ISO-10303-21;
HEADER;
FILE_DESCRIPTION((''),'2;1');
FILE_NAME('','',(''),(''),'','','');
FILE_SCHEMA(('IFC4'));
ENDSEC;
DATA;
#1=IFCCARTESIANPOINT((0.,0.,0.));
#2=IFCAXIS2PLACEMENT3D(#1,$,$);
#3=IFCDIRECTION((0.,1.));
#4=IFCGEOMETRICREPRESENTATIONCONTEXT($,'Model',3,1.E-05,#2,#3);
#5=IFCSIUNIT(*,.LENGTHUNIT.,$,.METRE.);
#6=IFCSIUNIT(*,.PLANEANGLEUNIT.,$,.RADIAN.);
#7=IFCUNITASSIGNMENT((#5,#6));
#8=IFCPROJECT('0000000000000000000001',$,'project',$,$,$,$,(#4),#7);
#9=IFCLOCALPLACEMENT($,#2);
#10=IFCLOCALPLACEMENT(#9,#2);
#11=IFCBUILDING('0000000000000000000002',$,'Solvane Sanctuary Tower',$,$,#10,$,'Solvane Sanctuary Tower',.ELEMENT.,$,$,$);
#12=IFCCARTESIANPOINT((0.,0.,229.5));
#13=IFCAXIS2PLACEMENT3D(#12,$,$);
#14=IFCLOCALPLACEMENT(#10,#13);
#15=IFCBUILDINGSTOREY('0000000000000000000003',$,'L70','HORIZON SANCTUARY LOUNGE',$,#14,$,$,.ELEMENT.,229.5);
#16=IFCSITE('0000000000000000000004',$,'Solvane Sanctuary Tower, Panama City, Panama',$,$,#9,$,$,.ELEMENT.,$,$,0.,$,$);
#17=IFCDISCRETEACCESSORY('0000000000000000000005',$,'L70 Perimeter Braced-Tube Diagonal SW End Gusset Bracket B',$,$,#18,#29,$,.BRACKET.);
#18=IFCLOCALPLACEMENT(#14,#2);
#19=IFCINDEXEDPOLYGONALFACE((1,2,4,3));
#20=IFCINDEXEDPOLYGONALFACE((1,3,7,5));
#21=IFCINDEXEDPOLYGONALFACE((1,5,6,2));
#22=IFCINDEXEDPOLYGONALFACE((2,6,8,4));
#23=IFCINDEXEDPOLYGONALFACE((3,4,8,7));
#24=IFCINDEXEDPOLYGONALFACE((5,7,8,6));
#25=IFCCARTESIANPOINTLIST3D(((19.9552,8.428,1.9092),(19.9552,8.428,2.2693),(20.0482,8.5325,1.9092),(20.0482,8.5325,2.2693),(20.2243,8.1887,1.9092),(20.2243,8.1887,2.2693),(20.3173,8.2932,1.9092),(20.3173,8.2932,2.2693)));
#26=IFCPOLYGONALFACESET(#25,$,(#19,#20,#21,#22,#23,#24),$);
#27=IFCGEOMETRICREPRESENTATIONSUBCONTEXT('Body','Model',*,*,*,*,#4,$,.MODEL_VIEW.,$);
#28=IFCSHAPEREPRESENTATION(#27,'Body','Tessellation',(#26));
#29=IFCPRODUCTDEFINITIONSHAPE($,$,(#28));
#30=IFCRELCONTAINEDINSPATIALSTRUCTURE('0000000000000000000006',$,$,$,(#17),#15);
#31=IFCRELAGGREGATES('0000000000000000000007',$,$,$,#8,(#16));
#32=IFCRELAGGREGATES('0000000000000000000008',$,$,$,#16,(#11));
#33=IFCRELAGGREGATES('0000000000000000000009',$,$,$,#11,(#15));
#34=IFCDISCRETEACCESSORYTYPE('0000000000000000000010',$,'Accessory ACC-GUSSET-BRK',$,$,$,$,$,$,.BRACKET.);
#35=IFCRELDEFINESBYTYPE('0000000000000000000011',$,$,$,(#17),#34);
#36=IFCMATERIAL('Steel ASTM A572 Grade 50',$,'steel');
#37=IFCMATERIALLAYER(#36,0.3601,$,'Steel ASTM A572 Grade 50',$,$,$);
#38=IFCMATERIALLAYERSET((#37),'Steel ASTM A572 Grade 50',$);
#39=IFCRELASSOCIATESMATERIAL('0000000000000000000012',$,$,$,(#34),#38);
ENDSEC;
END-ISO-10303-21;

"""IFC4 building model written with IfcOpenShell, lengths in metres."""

from ifc_helpers import new_model, si_unit, direction, frame, origin, origin_2d, place, context, subcontext, project, spatial, rectangle, extrude, material, layer, layer_set, type_object, element, save


model = new_model("IFC4")

# Units and contexts
model_context = context("Model", 3, precision=1e-05, world=origin(), true_north=direction((0.0, 1.0)))
body_context = subcontext(model_context, "Body", "Model", "MODEL_VIEW")
ifc_project = project(units=[si_unit("LENGTHUNIT", "METRE"), si_unit("PLANEANGLEUNIT", "RADIAN")], contexts=[model_context])

# Site, building, storey
site_placement = place(None, origin())
site = spatial("IfcSite", under=ifc_project, at=site_placement, Name="Solvane Sanctuary Tower, Panama City, Panama", CompositionType="ELEMENT", RefElevation=0.0)
building_placement = place(site_placement, origin())
building = spatial("IfcBuilding", under=site, at=building_placement, Name="Solvane Sanctuary Tower", LongName="Solvane Sanctuary Tower", CompositionType="ELEMENT")
storey_placement = place(building_placement, frame((0.0, 0.0, 229.5)))
storey = spatial("IfcBuildingStorey", under=building, at=storey_placement, Name="L70", Description="HORIZON SANCTUARY LOUNGE", CompositionType="ELEMENT", Elevation=229.5)

# Discrete accessory
ifc_material_1 = material(Name="Steel ASTM A572 Grade 50", Category="steel")
ifc_layer_1 = layer(ifc_material_1, 0.3601, Name="Steel ASTM A572 Grade 50")
ifc_layer_set_1 = layer_set([ifc_layer_1], Name="Steel ASTM A572 Grade 50")
discrete_accessory_type = type_object("IfcDiscreteAccessoryType", Name="Accessory ACC-GUSSET-BRK", PredefinedType="BRACKET", material=ifc_layer_set_1)
discrete_accessory_placement = place(storey_placement, frame((20.1362, 8.3606, 1.9092), z_axis=(0.0, 0.0, 1.0), x_axis=(0.747218, -0.664579, 0.0)))
element("IfcDiscreteAccessory", 1, at=discrete_accessory_placement, inside=storey, type_object=discrete_accessory_type, Name="L70 Perimeter Braced-Tube Diagonal SW End Gusset Bracket B", PredefinedType="BRACKET", context=body_context, shape_type="SweptSolid", body=[
    extrude(rectangle(XDim=0.3601, YDim=0.1399, at=origin_2d()), origin(), (0.0, 0.0, 1.0), 0.3601),
])

save(model, "model.ifc")
